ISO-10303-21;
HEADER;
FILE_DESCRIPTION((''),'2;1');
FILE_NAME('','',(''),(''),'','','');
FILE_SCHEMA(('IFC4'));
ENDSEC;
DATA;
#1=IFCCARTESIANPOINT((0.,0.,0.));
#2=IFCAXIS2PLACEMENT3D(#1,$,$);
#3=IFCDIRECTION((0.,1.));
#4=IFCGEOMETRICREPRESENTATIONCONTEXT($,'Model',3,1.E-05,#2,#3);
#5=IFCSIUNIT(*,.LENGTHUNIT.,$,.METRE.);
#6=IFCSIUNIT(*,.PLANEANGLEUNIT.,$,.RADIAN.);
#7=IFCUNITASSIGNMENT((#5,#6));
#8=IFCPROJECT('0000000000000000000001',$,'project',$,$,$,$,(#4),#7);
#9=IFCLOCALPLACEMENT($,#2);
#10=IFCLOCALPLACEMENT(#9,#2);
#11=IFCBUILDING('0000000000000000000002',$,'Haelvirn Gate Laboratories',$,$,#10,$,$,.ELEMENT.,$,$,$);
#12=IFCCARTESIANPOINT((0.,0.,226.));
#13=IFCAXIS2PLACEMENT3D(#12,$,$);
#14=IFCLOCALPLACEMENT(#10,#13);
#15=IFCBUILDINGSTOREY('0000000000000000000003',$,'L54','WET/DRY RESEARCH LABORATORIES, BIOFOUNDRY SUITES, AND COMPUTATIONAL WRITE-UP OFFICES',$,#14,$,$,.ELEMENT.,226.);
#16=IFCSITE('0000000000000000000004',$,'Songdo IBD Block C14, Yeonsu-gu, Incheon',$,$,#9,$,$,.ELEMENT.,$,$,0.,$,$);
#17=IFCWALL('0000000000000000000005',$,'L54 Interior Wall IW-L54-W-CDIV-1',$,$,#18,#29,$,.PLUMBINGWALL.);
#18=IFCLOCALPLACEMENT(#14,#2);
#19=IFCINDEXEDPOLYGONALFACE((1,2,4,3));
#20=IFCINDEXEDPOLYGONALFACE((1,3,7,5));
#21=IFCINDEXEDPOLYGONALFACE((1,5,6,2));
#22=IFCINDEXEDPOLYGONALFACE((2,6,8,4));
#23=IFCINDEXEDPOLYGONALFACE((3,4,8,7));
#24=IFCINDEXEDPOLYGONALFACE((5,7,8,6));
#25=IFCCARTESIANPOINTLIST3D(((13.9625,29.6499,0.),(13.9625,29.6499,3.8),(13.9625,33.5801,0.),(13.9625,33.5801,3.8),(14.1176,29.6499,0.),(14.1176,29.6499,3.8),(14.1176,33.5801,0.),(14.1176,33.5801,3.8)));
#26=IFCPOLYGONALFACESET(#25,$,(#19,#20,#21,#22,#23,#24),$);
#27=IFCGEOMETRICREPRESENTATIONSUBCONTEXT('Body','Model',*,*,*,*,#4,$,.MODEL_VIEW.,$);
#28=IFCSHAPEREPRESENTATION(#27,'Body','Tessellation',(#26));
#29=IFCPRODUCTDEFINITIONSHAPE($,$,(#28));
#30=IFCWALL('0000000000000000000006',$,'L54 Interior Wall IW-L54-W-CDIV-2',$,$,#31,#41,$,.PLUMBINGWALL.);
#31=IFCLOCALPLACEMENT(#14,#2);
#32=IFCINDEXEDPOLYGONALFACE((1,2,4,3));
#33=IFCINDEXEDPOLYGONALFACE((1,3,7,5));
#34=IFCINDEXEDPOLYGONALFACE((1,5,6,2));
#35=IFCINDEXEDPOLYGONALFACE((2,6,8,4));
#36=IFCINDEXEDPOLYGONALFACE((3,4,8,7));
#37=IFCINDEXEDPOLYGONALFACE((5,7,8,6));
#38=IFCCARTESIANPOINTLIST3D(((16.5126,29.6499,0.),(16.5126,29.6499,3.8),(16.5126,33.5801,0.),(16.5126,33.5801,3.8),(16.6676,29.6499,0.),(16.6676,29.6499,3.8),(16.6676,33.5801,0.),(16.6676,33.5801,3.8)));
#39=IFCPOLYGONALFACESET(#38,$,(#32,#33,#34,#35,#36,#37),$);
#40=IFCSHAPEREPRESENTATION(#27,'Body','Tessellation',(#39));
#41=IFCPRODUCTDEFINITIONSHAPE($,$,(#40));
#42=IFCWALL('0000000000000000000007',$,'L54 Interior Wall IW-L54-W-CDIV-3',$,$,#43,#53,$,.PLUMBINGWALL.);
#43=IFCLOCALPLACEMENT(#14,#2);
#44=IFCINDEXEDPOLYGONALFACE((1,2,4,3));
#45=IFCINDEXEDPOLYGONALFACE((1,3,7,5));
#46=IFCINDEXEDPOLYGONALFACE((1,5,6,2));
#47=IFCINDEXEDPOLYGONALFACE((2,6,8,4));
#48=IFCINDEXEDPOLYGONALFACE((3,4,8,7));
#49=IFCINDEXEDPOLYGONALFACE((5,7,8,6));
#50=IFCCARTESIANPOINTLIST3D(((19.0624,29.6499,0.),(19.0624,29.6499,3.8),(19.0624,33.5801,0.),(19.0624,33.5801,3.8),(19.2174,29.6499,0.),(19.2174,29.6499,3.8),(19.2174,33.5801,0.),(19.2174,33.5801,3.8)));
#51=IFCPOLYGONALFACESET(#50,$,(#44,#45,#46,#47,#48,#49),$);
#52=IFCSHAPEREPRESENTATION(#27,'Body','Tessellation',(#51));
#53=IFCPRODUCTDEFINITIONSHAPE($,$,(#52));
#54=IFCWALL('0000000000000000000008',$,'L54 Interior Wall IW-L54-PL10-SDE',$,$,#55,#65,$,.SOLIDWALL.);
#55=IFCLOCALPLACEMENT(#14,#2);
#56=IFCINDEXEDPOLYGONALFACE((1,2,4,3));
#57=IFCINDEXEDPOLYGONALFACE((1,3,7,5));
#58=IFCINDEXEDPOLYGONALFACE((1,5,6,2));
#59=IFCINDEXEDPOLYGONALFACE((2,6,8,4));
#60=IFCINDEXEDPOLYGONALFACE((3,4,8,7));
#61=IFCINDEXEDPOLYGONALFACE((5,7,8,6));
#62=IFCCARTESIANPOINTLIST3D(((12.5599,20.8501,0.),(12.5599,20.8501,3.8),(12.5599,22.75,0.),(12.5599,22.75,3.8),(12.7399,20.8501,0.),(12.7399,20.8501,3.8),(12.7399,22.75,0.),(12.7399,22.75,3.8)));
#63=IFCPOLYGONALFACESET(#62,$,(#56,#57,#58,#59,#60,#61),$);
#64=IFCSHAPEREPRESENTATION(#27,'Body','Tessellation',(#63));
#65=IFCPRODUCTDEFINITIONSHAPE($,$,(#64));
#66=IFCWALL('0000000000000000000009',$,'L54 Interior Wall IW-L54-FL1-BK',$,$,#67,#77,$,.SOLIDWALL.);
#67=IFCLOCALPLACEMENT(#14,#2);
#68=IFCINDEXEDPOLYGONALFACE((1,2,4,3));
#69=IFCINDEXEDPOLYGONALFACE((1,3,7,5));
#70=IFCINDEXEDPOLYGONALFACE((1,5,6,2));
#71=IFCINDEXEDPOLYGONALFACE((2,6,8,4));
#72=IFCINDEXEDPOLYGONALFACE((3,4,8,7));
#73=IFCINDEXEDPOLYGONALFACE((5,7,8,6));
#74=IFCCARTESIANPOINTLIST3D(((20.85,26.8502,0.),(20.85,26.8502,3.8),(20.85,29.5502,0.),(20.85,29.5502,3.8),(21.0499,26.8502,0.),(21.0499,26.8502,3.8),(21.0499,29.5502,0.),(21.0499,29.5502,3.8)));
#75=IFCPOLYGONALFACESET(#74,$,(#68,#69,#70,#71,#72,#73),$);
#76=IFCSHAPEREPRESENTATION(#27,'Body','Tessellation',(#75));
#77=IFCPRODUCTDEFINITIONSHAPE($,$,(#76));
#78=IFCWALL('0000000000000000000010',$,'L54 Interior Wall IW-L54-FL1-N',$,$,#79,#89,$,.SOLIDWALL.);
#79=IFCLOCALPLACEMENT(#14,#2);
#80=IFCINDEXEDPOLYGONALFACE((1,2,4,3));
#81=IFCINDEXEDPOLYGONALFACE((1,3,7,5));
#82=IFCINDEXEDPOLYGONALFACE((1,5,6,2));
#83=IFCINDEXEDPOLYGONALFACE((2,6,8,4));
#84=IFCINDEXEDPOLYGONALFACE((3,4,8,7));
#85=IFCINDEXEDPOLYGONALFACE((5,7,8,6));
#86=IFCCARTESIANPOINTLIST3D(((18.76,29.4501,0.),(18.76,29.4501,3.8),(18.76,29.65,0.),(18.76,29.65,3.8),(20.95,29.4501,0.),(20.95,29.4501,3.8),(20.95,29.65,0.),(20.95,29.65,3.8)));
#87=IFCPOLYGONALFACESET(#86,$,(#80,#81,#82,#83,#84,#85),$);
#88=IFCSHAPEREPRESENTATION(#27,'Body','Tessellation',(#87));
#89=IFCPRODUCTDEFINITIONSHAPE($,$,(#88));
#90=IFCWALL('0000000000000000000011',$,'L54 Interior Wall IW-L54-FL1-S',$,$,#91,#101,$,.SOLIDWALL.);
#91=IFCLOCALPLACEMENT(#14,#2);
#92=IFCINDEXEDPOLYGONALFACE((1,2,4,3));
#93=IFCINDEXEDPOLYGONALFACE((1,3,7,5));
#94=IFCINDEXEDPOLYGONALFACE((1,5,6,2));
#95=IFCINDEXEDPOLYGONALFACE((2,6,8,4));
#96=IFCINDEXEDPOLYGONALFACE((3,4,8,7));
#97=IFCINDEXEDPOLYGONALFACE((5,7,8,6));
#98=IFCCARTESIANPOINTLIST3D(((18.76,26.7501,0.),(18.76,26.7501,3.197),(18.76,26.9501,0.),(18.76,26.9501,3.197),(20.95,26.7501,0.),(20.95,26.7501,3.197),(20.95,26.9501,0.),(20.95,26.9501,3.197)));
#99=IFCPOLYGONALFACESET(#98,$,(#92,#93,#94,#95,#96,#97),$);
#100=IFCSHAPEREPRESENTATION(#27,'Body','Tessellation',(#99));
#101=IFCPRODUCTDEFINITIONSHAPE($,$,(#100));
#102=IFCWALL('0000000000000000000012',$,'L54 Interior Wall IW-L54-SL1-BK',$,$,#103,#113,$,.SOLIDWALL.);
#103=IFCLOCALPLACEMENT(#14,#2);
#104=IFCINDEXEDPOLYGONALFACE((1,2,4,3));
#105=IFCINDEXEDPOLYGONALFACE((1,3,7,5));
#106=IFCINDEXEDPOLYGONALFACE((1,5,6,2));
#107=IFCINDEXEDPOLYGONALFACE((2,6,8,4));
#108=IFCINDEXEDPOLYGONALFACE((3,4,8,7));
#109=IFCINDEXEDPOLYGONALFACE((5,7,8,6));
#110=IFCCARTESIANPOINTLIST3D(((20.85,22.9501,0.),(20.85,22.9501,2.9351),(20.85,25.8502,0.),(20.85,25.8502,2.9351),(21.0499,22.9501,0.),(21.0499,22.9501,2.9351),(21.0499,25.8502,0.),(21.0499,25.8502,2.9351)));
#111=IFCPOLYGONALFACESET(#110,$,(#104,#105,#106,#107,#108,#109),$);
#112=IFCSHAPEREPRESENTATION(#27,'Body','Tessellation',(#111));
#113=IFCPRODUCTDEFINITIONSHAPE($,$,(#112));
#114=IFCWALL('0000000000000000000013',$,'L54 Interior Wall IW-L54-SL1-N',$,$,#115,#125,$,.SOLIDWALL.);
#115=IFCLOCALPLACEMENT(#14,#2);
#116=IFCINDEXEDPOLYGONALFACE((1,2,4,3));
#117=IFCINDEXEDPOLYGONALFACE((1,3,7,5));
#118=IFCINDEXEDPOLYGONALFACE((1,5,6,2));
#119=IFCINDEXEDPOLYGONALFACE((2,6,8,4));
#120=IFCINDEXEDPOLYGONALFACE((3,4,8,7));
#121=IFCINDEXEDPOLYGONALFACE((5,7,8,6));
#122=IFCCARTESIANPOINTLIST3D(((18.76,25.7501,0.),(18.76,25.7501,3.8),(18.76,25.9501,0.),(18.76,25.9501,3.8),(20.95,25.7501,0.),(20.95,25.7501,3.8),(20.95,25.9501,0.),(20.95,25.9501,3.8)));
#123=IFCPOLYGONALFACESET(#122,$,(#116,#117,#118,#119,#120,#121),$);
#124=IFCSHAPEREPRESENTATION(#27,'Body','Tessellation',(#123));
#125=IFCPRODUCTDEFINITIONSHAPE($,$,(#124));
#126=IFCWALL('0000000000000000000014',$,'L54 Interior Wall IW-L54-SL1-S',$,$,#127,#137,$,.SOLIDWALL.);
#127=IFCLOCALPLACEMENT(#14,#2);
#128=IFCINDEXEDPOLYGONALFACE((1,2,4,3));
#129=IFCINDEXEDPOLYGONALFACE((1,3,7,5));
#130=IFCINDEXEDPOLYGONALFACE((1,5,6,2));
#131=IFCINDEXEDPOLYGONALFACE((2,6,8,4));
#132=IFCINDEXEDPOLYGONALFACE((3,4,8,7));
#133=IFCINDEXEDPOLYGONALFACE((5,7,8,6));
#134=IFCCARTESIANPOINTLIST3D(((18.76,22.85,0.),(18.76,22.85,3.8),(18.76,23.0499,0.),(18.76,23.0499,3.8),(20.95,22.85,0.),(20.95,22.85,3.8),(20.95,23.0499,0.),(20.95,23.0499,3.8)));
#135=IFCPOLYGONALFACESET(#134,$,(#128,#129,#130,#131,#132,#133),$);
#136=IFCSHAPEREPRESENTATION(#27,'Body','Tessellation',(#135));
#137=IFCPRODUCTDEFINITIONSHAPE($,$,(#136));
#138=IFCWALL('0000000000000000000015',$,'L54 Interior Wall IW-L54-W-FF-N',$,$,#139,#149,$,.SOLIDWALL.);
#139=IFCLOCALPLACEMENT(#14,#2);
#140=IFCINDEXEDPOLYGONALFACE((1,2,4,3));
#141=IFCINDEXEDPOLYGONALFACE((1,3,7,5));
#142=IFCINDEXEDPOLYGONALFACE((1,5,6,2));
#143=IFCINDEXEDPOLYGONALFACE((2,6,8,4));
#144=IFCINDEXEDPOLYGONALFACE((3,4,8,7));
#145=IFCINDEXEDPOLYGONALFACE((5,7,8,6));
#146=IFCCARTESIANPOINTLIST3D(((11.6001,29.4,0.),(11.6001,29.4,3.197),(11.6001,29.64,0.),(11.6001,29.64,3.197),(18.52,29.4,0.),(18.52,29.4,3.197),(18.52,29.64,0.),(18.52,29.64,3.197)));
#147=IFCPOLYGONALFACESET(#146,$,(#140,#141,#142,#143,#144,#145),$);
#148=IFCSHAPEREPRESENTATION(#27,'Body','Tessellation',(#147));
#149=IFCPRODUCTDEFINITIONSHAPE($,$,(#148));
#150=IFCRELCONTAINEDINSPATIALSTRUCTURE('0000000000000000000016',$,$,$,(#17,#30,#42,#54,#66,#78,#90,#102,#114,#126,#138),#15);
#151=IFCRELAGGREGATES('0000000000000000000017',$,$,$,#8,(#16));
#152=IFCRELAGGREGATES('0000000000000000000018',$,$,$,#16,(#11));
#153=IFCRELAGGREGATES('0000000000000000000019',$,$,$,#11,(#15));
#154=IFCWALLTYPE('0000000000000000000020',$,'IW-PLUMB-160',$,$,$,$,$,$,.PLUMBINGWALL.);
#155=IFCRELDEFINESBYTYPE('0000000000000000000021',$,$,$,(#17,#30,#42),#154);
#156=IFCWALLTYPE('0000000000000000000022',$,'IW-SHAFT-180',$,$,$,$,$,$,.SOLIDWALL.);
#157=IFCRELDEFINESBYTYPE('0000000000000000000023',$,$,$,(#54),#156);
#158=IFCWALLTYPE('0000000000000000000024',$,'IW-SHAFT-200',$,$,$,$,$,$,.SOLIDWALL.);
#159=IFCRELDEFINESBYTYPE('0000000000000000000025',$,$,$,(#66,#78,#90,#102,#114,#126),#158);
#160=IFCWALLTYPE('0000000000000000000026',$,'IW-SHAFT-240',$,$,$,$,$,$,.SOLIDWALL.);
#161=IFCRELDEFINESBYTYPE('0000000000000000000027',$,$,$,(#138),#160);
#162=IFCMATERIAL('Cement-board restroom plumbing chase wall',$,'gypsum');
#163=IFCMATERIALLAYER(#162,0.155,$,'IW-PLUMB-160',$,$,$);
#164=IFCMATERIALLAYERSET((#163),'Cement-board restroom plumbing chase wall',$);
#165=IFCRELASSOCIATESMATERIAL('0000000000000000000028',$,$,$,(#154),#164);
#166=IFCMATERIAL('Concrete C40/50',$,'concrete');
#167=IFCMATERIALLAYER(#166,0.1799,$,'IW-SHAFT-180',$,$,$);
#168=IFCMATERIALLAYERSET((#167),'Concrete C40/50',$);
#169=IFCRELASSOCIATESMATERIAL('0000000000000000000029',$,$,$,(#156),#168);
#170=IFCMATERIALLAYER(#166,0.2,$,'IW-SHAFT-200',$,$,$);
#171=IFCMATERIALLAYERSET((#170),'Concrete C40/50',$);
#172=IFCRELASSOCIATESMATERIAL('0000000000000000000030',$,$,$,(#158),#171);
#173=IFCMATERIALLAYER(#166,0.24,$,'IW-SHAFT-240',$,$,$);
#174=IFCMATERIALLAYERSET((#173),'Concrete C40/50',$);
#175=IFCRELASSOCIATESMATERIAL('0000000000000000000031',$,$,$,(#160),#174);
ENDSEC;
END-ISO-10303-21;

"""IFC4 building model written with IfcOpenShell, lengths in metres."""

from ifc_helpers import new_model, si_unit, direction, frame, frame_2d, origin, place, context, subcontext, project, spatial, rectangle, extrude, material, layer, layer_set, type_object, element, save


model = new_model("IFC4")

# Units and contexts
model_context = context("Model", 3, precision=1e-05, world=origin(), true_north=direction((0.0, 1.0)))
body_context = subcontext(model_context, "Body", "Model", "MODEL_VIEW")
ifc_project = project(units=[si_unit("LENGTHUNIT", "METRE"), si_unit("PLANEANGLEUNIT", "RADIAN")], contexts=[model_context])

# Site, building, storey
site_placement = place(None, origin())
site = spatial("IfcSite", under=ifc_project, at=site_placement, Name="Songdo IBD Block C14, Yeonsu-gu, Incheon", CompositionType="ELEMENT", RefElevation=0.0)
building_placement = place(site_placement, origin())
building = spatial("IfcBuilding", under=site, at=building_placement, Name="Haelvirn Gate Laboratories", CompositionType="ELEMENT")
storey_placement = place(building_placement, frame((0.0, 0.0, 226.0)))
storey = spatial("IfcBuildingStorey", under=building, at=storey_placement, Name="L54", Description="WET/DRY RESEARCH LABORATORIES, BIOFOUNDRY SUITES, AND COMPUTATIONAL WRITE-UP OFFICES", CompositionType="ELEMENT", Elevation=226.0)

# Walls
ifc_material_1 = material(Name="Cement-board restroom plumbing chase wall", Category="gypsum")
ifc_layer_1 = layer(ifc_material_1, 0.155, Name="IW-PLUMB-160")
ifc_layer_set_1 = layer_set([ifc_layer_1], Name="Cement-board restroom plumbing chase wall")
wall_type_1 = type_object("IfcWallType", Name="IW-PLUMB-160", PredefinedType="PLUMBINGWALL", material=ifc_layer_set_1)
for number, where, z_axis, x_axis, name in (
    (1, (14.04, 29.6499, 0.0), (0.0, 0.0, 1.0), (0.0, 1.0, 0.0), "L54 Interior Wall IW-L54-W-CDIV-1"),
    (2, (16.5901, 29.6499, 0.0), (0.0, 0.0, 1.0), (0.0, 1.0, 0.0), "L54 Interior Wall IW-L54-W-CDIV-2"),
    (3, (19.1399, 29.6499, 0.0), (0.0, 0.0, 1.0), (0.0, 1.0, 0.0), "L54 Interior Wall IW-L54-W-CDIV-3"),
):
    element("IfcWall", number, at=place(storey_placement, frame(where, z_axis=z_axis, x_axis=x_axis)), inside=storey, type_object=wall_type_1, Name=name, PredefinedType="PLUMBINGWALL", context=body_context, shape_type="SweptSolid", body=[
        extrude(rectangle(XDim=3.9302, YDim=0.155, at=frame_2d((1.9651, 0.0))), origin(), (0.0, 0.0, 1.0), 3.8),
    ])
ifc_material_2 = material(Name="Concrete C40/50", Category="concrete")
ifc_layer_2 = layer(ifc_material_2, 0.1799, Name="IW-SHAFT-180")
ifc_layer_set_2 = layer_set([ifc_layer_2], Name="Concrete C40/50")
wall_type_2 = type_object("IfcWallType", Name="IW-SHAFT-180", PredefinedType="SOLIDWALL", material=ifc_layer_set_2)
wall_1_placement = place(storey_placement, frame((12.6499, 20.8501, 0.0), z_axis=(0.0, 0.0, 1.0), x_axis=(0.0, 1.0, 0.0)))
element("IfcWall", 4, at=wall_1_placement, inside=storey, type_object=wall_type_2, Name="L54 Interior Wall IW-L54-PL10-SDE", PredefinedType="SOLIDWALL", context=body_context, shape_type="SweptSolid", body=[
    extrude(rectangle(XDim=1.8999, YDim=0.1799, at=frame_2d((0.95, 0.0))), origin(), (0.0, 0.0, 1.0), 3.8),
])
ifc_layer_3 = layer(ifc_material_2, 0.2, Name="IW-SHAFT-200")
ifc_layer_set_3 = layer_set([ifc_layer_3], Name="Concrete C40/50")
wall_type_3 = type_object("IfcWallType", Name="IW-SHAFT-200", PredefinedType="SOLIDWALL", material=ifc_layer_set_3)
wall_2_placement = place(storey_placement, frame((20.95, 26.8501, 0.0), z_axis=(0.0, 0.0, 1.0), x_axis=(0.0, 1.0, 0.0)))
element("IfcWall", 5, at=wall_2_placement, inside=storey, type_object=wall_type_3, Name="L54 Interior Wall IW-L54-FL1-BK", PredefinedType="SOLIDWALL", context=body_context, shape_type="SweptSolid", body=[
    extrude(rectangle(XDim=2.7, YDim=0.2, at=frame_2d((1.3501, 0.0))), origin(), (0.0, 0.0, 1.0), 3.8),
])
wall_3_placement = place(storey_placement, frame((18.76, 29.55, 0.0), z_axis=(0.0, 0.0, 1.0), x_axis=(1.0, 0.0, 0.0)))
element("IfcWall", 6, at=wall_3_placement, inside=storey, type_object=wall_type_3, Name="L54 Interior Wall IW-L54-FL1-N", PredefinedType="SOLIDWALL", context=body_context, shape_type="SweptSolid", body=[
    extrude(rectangle(XDim=2.1899, YDim=0.2, at=frame_2d((1.095, 0.0))), origin(), (0.0, 0.0, 1.0), 3.8),
])
wall_4_placement = place(storey_placement, frame((18.76, 26.8501, 0.0), z_axis=(0.0, 0.0, 1.0), x_axis=(1.0, 0.0, 0.0)))
element("IfcWall", 7, at=wall_4_placement, inside=storey, type_object=wall_type_3, Name="L54 Interior Wall IW-L54-FL1-S", PredefinedType="SOLIDWALL", context=body_context, shape_type="SweptSolid", body=[
    extrude(rectangle(XDim=2.1899, YDim=0.2, at=frame_2d((1.095, 0.0))), origin(), (0.0, 0.0, 1.0), 3.197),
])
wall_5_placement = place(storey_placement, frame((20.95, 22.95, 0.0), z_axis=(0.0, 0.0, 1.0), x_axis=(0.0, 1.0, 0.0)))
element("IfcWall", 8, at=wall_5_placement, inside=storey, type_object=wall_type_3, Name="L54 Interior Wall IW-L54-SL1-BK", PredefinedType="SOLIDWALL", context=body_context, shape_type="SweptSolid", body=[
    extrude(rectangle(XDim=2.9001, YDim=0.2, at=frame_2d((1.4502, 0.0))), origin(), (0.0, 0.0, 1.0), 2.9351),
])
for number, where, z_axis, x_axis, name in (
    (9, (18.76, 25.8501, 0.0), (0.0, 0.0, 1.0), (1.0, 0.0, 0.0), "L54 Interior Wall IW-L54-SL1-N"),
    (10, (18.76, 22.95, 0.0), (0.0, 0.0, 1.0), (1.0, 0.0, 0.0), "L54 Interior Wall IW-L54-SL1-S"),
):
    element("IfcWall", number, at=place(storey_placement, frame(where, z_axis=z_axis, x_axis=x_axis)), inside=storey, type_object=wall_type_3, Name=name, PredefinedType="SOLIDWALL", context=body_context, shape_type="SweptSolid", body=[
        extrude(rectangle(XDim=2.1899, YDim=0.2, at=frame_2d((1.095, 0.0))), origin(), (0.0, 0.0, 1.0), 3.8),
    ])
ifc_layer_4 = layer(ifc_material_2, 0.24, Name="IW-SHAFT-240")
ifc_layer_set_4 = layer_set([ifc_layer_4], Name="Concrete C40/50")
wall_type_4 = type_object("IfcWallType", Name="IW-SHAFT-240", PredefinedType="SOLIDWALL", material=ifc_layer_set_4)
wall_6_placement = place(storey_placement, frame((11.6001, 29.52, 0.0), z_axis=(0.0, 0.0, 1.0), x_axis=(1.0, 0.0, 0.0)))
element("IfcWall", 11, at=wall_6_placement, inside=storey, type_object=wall_type_4, Name="L54 Interior Wall IW-L54-W-FF-N", PredefinedType="SOLIDWALL", context=body_context, shape_type="SweptSolid", body=[
    extrude(rectangle(XDim=6.9199, YDim=0.24, at=frame_2d((3.46, 0.0))), origin(), (0.0, 0.0, 1.0), 3.197),
])

save(model, "model.ifc")
